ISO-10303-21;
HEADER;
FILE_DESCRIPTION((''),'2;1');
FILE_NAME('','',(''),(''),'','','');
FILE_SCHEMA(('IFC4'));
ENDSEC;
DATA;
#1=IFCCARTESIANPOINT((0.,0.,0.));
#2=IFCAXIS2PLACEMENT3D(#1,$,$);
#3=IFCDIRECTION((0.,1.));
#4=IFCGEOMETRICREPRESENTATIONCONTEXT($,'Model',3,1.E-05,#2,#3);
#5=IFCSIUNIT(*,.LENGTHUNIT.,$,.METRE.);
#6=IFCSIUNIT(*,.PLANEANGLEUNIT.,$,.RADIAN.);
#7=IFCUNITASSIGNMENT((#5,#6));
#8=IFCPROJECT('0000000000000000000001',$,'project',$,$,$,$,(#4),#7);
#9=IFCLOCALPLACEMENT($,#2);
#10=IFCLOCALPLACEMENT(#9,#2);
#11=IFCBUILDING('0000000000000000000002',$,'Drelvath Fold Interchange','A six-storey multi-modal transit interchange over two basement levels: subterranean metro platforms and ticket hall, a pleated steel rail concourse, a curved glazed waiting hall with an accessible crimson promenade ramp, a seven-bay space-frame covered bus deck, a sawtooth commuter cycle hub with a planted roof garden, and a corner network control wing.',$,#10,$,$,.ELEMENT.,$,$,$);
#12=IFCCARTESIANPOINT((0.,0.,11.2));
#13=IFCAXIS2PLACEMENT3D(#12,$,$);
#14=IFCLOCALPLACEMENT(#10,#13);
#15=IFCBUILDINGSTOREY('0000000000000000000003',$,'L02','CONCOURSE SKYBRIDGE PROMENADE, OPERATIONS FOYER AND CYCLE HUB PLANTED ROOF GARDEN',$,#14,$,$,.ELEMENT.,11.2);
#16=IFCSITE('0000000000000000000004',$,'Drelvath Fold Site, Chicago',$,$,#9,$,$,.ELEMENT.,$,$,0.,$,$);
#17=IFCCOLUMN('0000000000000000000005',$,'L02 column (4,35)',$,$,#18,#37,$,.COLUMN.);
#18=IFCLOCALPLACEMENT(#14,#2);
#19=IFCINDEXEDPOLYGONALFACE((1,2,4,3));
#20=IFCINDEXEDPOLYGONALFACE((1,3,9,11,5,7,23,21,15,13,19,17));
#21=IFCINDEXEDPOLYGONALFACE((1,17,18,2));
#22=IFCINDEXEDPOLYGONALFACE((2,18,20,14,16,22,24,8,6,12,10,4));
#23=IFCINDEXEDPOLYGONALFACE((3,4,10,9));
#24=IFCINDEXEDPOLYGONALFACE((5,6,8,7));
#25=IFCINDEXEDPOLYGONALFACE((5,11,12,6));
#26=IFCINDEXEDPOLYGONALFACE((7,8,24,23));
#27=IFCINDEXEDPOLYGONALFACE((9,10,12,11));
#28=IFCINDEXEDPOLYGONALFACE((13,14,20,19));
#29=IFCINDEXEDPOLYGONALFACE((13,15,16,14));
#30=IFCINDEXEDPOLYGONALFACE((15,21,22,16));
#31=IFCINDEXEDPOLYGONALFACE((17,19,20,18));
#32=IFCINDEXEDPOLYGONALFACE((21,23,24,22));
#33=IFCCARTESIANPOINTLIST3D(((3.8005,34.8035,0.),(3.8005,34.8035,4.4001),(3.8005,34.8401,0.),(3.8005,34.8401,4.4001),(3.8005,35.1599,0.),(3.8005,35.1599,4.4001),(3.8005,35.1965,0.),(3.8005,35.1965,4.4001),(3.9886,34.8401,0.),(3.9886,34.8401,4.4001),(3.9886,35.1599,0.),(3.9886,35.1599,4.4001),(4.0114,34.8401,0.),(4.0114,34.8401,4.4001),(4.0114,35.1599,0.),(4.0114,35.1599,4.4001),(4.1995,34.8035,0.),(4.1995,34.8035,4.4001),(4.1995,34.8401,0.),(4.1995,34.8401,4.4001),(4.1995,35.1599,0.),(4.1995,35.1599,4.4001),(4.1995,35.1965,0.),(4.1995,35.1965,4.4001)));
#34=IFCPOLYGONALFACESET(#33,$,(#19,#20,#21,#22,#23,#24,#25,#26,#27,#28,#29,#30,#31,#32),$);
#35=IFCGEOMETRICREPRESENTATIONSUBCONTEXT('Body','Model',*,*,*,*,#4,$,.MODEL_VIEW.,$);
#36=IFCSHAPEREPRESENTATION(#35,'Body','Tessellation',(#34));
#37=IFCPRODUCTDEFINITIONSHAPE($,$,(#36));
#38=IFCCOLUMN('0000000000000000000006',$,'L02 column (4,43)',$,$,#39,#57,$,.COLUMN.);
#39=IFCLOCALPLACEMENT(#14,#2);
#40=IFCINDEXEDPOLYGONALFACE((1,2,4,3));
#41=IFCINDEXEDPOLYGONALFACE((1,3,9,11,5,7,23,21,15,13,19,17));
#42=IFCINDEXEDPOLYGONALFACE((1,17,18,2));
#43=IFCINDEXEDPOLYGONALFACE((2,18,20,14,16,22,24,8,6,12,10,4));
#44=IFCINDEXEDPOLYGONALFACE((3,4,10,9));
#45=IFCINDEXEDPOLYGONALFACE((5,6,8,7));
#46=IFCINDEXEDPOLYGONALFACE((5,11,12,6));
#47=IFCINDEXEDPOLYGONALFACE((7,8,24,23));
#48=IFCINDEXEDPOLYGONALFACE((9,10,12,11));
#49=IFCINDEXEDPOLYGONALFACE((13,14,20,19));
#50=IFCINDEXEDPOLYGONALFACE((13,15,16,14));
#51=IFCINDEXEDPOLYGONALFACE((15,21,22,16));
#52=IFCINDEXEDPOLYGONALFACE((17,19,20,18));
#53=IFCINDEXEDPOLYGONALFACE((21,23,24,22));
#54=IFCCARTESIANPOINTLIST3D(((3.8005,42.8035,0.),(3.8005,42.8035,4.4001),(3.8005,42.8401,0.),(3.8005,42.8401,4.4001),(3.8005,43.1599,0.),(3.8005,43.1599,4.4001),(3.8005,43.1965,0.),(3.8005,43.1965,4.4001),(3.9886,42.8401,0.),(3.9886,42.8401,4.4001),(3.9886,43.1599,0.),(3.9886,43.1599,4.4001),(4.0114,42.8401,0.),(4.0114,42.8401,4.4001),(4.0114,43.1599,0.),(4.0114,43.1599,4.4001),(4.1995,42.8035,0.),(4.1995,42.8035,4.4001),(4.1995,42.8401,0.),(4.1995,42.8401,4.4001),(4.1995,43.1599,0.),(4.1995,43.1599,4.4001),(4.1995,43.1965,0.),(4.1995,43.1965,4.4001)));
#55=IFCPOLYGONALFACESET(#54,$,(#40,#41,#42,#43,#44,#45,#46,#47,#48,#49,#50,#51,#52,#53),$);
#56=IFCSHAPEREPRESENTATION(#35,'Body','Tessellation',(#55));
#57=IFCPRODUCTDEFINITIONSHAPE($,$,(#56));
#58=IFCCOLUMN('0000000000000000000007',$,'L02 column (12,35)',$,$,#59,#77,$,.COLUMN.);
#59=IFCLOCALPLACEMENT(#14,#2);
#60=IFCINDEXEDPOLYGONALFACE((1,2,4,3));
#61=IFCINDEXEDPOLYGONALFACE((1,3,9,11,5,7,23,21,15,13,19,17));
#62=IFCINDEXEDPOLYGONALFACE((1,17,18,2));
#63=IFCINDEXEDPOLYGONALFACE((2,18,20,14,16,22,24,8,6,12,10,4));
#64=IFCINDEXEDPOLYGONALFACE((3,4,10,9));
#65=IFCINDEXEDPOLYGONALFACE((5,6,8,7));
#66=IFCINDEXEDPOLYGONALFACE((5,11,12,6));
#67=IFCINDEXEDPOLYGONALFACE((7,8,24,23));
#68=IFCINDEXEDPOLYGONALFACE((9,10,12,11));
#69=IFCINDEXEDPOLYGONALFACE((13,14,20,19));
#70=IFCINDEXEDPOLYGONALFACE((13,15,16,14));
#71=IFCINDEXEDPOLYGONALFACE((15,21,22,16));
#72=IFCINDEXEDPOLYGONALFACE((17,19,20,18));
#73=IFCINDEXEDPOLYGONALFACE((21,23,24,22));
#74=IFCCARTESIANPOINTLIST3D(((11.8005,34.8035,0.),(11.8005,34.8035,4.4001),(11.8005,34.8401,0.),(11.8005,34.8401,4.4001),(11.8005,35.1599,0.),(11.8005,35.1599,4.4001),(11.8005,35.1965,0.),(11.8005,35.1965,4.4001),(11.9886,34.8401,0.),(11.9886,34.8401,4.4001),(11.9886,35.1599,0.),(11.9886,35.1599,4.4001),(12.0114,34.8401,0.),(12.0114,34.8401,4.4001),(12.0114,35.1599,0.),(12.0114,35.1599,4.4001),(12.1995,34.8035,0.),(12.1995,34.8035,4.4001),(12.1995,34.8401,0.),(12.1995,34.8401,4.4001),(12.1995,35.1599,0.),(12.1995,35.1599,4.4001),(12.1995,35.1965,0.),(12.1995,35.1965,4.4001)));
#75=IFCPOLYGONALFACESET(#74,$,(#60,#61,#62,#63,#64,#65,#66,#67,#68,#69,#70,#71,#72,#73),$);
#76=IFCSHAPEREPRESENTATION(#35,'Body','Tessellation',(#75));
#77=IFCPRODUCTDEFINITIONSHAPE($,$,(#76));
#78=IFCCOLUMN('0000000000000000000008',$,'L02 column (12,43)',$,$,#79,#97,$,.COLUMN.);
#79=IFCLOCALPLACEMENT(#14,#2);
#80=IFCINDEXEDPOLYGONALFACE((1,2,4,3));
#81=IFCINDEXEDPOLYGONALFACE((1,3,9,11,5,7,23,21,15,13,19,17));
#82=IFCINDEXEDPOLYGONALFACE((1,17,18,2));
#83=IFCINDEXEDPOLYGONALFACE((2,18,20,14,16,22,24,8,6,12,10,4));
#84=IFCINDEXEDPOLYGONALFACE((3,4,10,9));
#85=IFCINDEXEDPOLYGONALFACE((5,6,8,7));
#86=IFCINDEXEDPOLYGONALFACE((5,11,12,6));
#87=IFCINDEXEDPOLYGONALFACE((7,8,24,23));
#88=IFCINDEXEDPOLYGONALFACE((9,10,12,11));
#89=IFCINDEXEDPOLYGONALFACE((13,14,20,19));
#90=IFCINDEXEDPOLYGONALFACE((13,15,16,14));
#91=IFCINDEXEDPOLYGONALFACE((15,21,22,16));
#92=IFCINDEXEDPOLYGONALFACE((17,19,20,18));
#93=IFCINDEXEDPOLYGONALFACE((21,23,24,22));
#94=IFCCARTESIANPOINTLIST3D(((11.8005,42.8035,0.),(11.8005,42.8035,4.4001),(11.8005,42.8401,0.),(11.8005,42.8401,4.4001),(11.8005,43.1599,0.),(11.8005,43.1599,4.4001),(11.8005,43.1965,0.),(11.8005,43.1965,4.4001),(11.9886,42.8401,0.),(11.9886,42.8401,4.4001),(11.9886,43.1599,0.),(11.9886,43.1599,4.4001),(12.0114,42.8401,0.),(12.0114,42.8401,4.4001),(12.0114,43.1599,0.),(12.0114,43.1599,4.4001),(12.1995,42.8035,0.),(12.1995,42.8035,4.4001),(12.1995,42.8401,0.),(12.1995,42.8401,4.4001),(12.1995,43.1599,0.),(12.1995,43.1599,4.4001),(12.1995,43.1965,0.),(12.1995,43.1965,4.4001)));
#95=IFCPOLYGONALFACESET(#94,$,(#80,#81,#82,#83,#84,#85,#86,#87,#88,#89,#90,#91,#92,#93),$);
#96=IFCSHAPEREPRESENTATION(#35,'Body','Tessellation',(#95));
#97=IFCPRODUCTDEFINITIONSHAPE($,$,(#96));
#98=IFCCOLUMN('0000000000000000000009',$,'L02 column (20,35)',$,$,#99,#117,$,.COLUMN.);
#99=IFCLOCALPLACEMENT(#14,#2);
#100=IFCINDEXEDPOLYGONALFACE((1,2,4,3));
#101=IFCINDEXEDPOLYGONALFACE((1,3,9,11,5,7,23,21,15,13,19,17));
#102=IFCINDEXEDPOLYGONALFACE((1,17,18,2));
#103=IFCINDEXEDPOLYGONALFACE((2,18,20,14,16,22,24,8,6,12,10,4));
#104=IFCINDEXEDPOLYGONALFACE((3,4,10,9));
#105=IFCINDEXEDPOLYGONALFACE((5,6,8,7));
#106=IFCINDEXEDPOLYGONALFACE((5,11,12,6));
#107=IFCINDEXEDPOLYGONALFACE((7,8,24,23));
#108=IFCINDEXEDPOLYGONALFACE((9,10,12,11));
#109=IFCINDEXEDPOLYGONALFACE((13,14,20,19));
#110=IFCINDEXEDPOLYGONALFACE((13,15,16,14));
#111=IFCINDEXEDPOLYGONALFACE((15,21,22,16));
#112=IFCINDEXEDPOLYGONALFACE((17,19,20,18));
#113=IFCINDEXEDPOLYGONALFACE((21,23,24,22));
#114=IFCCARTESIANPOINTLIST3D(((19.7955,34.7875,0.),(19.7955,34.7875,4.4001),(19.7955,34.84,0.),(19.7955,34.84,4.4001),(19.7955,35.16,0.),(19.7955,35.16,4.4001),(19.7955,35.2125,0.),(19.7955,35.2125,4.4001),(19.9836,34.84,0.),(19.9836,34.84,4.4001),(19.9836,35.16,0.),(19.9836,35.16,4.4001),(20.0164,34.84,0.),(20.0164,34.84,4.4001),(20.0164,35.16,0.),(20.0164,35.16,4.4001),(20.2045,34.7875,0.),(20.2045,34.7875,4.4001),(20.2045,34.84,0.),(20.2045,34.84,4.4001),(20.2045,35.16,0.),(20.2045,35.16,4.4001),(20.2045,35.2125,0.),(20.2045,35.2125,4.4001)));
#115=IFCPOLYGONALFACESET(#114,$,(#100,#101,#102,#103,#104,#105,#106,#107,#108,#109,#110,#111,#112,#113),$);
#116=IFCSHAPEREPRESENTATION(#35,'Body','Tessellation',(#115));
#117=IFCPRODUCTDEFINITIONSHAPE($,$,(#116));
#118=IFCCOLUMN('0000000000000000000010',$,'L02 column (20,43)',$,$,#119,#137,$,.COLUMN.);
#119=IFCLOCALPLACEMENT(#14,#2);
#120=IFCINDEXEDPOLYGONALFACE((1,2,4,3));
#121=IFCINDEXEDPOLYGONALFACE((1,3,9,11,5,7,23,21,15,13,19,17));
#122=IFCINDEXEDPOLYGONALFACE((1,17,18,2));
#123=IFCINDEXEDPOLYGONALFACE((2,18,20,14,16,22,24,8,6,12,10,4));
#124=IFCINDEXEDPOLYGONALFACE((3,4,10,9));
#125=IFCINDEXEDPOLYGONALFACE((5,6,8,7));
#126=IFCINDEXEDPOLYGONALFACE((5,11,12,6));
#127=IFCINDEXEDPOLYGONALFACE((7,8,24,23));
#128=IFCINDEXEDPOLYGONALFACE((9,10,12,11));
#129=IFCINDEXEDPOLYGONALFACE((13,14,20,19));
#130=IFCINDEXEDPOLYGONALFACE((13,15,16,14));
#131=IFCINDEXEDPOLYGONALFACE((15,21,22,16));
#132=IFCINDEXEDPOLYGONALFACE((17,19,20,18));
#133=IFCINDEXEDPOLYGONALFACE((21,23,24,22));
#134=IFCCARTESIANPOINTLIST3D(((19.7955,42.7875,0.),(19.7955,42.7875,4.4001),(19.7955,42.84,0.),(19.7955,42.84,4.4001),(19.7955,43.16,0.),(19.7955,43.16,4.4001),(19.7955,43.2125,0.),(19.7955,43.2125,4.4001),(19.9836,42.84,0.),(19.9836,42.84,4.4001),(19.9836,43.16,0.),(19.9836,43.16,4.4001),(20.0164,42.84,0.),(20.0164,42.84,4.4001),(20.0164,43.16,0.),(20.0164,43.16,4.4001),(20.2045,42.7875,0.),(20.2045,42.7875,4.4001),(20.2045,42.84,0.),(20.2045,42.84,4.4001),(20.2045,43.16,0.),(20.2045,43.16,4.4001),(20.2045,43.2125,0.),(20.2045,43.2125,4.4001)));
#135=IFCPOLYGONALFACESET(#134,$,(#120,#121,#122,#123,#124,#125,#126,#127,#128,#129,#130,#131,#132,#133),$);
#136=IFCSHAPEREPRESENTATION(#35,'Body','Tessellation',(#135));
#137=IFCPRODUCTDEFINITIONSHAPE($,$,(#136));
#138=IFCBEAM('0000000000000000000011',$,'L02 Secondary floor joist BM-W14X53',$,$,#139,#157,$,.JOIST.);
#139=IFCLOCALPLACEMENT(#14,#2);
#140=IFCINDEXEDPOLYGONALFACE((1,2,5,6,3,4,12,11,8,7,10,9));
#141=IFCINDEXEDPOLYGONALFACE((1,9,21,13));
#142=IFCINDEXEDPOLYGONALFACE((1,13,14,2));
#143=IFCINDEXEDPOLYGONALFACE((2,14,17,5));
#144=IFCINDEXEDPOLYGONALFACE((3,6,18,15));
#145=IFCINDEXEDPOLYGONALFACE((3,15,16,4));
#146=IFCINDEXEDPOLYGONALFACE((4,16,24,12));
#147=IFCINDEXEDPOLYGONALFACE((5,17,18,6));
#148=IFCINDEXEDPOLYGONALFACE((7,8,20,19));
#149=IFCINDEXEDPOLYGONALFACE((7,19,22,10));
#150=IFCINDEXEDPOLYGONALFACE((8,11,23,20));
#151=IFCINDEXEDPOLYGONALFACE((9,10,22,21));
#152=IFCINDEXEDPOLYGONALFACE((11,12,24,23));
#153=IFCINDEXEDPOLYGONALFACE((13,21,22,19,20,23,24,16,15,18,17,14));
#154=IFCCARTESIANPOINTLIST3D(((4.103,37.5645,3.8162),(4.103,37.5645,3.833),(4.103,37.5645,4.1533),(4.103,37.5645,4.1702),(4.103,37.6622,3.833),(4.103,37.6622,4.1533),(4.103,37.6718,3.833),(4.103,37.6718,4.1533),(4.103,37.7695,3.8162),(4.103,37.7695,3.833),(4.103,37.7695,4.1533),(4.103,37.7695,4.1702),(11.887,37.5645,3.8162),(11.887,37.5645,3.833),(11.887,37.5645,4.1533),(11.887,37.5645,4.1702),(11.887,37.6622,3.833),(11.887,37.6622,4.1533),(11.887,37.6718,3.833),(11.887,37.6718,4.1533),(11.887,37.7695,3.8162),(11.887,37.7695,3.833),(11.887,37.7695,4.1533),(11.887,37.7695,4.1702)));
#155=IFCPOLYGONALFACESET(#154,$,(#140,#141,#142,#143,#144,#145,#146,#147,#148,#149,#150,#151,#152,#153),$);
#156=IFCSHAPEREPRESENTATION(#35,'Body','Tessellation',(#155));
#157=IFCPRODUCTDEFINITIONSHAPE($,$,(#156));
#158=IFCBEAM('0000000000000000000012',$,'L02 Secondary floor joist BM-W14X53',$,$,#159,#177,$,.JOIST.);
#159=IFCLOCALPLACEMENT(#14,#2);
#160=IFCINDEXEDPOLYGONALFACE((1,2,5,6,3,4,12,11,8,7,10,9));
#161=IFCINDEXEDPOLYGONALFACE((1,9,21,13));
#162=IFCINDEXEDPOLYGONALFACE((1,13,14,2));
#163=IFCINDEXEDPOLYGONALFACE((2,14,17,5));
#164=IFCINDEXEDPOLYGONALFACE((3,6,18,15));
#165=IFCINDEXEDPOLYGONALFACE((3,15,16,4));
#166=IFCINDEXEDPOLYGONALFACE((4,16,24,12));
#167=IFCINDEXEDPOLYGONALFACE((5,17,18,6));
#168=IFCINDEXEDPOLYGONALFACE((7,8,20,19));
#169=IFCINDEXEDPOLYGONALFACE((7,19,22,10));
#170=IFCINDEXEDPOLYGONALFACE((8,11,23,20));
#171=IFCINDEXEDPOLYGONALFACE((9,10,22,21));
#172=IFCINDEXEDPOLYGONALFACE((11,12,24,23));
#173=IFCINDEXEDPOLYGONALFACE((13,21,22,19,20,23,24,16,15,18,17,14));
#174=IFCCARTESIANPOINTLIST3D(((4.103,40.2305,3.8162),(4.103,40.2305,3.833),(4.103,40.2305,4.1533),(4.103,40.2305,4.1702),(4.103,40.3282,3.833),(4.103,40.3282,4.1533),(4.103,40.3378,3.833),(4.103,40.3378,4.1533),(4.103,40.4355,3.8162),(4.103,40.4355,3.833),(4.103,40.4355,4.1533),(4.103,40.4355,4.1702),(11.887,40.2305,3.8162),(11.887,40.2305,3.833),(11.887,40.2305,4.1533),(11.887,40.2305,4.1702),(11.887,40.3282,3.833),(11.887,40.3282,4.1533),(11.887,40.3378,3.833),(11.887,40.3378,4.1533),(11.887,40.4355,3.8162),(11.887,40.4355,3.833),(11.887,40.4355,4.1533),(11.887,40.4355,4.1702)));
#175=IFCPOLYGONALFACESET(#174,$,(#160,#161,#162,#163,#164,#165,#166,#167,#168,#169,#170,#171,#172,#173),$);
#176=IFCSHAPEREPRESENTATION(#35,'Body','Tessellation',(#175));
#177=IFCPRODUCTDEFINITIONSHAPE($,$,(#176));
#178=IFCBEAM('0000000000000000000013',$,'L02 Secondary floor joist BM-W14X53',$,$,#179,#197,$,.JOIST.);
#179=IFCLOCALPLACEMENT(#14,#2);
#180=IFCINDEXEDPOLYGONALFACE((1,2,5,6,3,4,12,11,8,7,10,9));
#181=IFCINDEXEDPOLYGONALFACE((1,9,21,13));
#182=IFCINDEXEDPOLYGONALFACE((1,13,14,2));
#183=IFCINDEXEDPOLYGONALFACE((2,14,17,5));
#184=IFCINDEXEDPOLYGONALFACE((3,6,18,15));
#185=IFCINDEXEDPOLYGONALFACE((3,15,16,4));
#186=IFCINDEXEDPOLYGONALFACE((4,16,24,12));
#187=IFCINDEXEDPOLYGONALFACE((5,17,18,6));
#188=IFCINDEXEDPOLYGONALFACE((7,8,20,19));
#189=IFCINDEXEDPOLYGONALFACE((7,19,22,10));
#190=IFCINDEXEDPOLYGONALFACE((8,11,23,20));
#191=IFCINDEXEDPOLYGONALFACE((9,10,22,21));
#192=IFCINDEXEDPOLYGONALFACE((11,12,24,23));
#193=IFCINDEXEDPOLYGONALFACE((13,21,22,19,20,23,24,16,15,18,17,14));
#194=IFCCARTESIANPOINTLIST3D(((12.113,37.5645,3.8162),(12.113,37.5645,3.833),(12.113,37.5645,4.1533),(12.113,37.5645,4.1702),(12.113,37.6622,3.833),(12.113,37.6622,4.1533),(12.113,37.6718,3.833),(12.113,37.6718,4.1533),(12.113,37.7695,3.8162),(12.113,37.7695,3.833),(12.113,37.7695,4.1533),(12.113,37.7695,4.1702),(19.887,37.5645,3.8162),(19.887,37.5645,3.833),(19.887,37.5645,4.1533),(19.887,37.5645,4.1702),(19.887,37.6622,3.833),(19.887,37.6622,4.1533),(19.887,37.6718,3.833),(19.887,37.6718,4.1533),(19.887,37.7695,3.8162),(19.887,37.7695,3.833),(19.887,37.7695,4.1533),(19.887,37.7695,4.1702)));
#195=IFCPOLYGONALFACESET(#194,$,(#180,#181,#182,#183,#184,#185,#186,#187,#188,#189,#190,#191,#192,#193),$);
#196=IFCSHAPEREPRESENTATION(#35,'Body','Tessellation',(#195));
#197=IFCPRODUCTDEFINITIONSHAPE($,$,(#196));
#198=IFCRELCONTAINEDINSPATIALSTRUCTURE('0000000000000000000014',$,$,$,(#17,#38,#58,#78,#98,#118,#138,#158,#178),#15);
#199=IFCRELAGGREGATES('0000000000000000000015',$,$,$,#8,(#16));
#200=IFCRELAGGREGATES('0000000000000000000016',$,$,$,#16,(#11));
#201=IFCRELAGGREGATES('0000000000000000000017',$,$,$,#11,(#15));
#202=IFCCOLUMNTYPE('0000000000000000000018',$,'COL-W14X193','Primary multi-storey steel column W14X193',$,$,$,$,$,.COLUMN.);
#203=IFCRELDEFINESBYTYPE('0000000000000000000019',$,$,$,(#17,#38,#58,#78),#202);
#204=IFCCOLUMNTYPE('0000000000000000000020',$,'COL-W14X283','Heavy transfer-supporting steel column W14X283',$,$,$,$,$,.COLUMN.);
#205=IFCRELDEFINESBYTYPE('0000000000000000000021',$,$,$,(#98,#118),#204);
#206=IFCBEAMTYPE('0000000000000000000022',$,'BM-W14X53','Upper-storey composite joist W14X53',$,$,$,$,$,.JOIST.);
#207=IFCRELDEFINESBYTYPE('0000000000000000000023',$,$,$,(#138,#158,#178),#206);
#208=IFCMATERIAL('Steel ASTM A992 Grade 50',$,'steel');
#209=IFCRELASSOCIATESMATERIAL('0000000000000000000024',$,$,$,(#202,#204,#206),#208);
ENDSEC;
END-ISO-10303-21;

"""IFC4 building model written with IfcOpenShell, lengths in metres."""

from ifc_helpers import new_model, si_unit, direction, frame, origin, origin_2d, place, context, subcontext, project, spatial, i_section, extrude, material, material_profile, profile_set, type_object, element, save


model = new_model("IFC4")

# Units and contexts
model_context = context("Model", 3, precision=1e-05, world=origin(), true_north=direction((0.0, 1.0)))
body_context = subcontext(model_context, "Body", "Model", "MODEL_VIEW")
ifc_project = project(units=[si_unit("LENGTHUNIT", "METRE"), si_unit("PLANEANGLEUNIT", "RADIAN")], contexts=[model_context])

# Site, building, storey
site_placement = place(None, origin())
site = spatial("IfcSite", under=ifc_project, at=site_placement, Name="Drelvath Fold Site, Chicago", CompositionType="ELEMENT", RefElevation=0.0)
building_placement = place(site_placement, origin())
building = spatial("IfcBuilding", under=site, at=building_placement, Name="Drelvath Fold Interchange", Description="A six-storey multi-modal transit interchange over two basement levels: subterranean metro platforms and ticket hall, a pleated steel rail concourse, a curved glazed waiting hall with an accessible crimson promenade ramp, a seven-bay space-frame covered bus deck, a sawtooth commuter cycle hub with a planted roof garden, and a corner network control wing.", CompositionType="ELEMENT")
storey_placement = place(building_placement, frame((0.0, 0.0, 11.2)))
storey = spatial("IfcBuildingStorey", under=building, at=storey_placement, Name="L02", Description="CONCOURSE SKYBRIDGE PROMENADE, OPERATIONS FOYER AND CYCLE HUB PLANTED ROOF GARDEN", CompositionType="ELEMENT", Elevation=11.2)

# Columns
ifc_material_1 = material(Name="Steel ASTM A992 Grade 50", Category="steel")
ifc_material_profile_1 = material_profile(ifc_material_1, i_section(OverallWidth=0.3989, OverallDepth=0.3931, WebThickness=0.0227, FlangeThickness=0.0366, at=origin_2d()), Name="W14X193")
ifc_profile_set_1 = profile_set([ifc_material_profile_1], Name="Steel ASTM A992 Grade 50")
column_type_1 = type_object("IfcColumnType", Name="COL-W14X193", Description="Primary multi-storey steel column W14X193", PredefinedType="COLUMN", material=ifc_profile_set_1)
for number, where, z_axis, x_axis, name in (
    (1, (4.0, 35.0, 0.0), (0.0, 0.0, 1.0), (1.0, 0.0, 0.0), "L02 column (4,35)"),
    (2, (4.0, 43.0, 0.0), (0.0, 0.0, 1.0), (1.0, 0.0, 0.0), "L02 column (4,43)"),
    (3, (12.0, 35.0, 0.0), (0.0, 0.0, 1.0), (1.0, 0.0, 0.0), "L02 column (12,35)"),
    (4, (12.0, 43.0, 0.0), (0.0, 0.0, 1.0), (1.0, 0.0, 0.0), "L02 column (12,43)"),
):
    element("IfcColumn", number, at=place(storey_placement, frame(where, z_axis=z_axis, x_axis=x_axis)), inside=storey, type_object=column_type_1, Name=name, PredefinedType="COLUMN", context=body_context, shape_type="SweptSolid", body=[
        extrude(i_section(OverallWidth=0.3989, OverallDepth=0.3931, WebThickness=0.0227, FlangeThickness=0.0366, at=origin_2d()), origin(), (0.0, 0.0, 1.0), 4.4001),
    ])
ifc_material_profile_2 = material_profile(ifc_material_1, i_section(OverallWidth=0.4089, OverallDepth=0.425, WebThickness=0.0327, FlangeThickness=0.0525, at=origin_2d()), Name="W14X283")
ifc_profile_set_2 = profile_set([ifc_material_profile_2], Name="Steel ASTM A992 Grade 50")
column_type_2 = type_object("IfcColumnType", Name="COL-W14X283", Description="Heavy transfer-supporting steel column W14X283", PredefinedType="COLUMN", material=ifc_profile_set_2)
for number, where, z_axis, x_axis, name in (
    (5, (20.0, 35.0, 0.0), (0.0, 0.0, 1.0), (1.0, 0.0, 0.0), "L02 column (20,35)"),
    (6, (20.0, 43.0, 0.0), (0.0, 0.0, 1.0), (1.0, 0.0, 0.0), "L02 column (20,43)"),
):
    element("IfcColumn", number, at=place(storey_placement, frame(where, z_axis=z_axis, x_axis=x_axis)), inside=storey, type_object=column_type_2, Name=name, PredefinedType="COLUMN", context=body_context, shape_type="SweptSolid", body=[
        extrude(i_section(OverallWidth=0.4089, OverallDepth=0.425, WebThickness=0.0327, FlangeThickness=0.0525, at=origin_2d()), origin(), (0.0, 0.0, 1.0), 4.4001),
    ])

# Beams
ifc_material_profile_3 = material_profile(ifc_material_1, i_section(OverallWidth=0.2051, OverallDepth=0.354, WebThickness=0.0095, FlangeThickness=0.0168, at=origin_2d()), Name="W14X53")
ifc_profile_set_3 = profile_set([ifc_material_profile_3], Name="Steel ASTM A992 Grade 50")
beam_type_1 = type_object("IfcBeamType", Name="BM-W14X53", Description="Upper-storey composite joist W14X53", PredefinedType="JOIST", material=ifc_profile_set_3)
for number, where, z_axis, x_axis, name in (
    (7, (4.103, 37.667, 3.9932), (1.0, 0.0, 0.0), (0.0, 1.0, 0.0), "L02 Secondary floor joist BM-W14X53"),
    (8, (4.103, 40.333, 3.9932), (1.0, 0.0, 0.0), (0.0, 1.0, 0.0), "L02 Secondary floor joist BM-W14X53"),
):
    element("IfcBeam", number, at=place(storey_placement, frame(where, z_axis=z_axis, x_axis=x_axis)), inside=storey, type_object=beam_type_1, Name=name, PredefinedType="JOIST", context=body_context, shape_type="SweptSolid", body=[
        extrude(i_section(OverallWidth=0.2051, OverallDepth=0.354, WebThickness=0.0095, FlangeThickness=0.0168, at=origin_2d()), origin(), (0.0, 0.0, 1.0), 7.7839),
    ])
for number, where, z_axis, x_axis, name in (
    (9, (12.113, 37.667, 3.9932), (1.0, 0.0, 0.0), (0.0, 1.0, 0.0), "L02 Secondary floor joist BM-W14X53"),
):
    element("IfcBeam", number, at=place(storey_placement, frame(where, z_axis=z_axis, x_axis=x_axis)), inside=storey, type_object=beam_type_1, Name=name, PredefinedType="JOIST", context=body_context, shape_type="SweptSolid", body=[
        extrude(i_section(OverallWidth=0.2051, OverallDepth=0.354, WebThickness=0.0095, FlangeThickness=0.0168, at=origin_2d()), origin(), (0.0, 0.0, 1.0), 7.7739),
    ])

save(model, "model.ifc")
